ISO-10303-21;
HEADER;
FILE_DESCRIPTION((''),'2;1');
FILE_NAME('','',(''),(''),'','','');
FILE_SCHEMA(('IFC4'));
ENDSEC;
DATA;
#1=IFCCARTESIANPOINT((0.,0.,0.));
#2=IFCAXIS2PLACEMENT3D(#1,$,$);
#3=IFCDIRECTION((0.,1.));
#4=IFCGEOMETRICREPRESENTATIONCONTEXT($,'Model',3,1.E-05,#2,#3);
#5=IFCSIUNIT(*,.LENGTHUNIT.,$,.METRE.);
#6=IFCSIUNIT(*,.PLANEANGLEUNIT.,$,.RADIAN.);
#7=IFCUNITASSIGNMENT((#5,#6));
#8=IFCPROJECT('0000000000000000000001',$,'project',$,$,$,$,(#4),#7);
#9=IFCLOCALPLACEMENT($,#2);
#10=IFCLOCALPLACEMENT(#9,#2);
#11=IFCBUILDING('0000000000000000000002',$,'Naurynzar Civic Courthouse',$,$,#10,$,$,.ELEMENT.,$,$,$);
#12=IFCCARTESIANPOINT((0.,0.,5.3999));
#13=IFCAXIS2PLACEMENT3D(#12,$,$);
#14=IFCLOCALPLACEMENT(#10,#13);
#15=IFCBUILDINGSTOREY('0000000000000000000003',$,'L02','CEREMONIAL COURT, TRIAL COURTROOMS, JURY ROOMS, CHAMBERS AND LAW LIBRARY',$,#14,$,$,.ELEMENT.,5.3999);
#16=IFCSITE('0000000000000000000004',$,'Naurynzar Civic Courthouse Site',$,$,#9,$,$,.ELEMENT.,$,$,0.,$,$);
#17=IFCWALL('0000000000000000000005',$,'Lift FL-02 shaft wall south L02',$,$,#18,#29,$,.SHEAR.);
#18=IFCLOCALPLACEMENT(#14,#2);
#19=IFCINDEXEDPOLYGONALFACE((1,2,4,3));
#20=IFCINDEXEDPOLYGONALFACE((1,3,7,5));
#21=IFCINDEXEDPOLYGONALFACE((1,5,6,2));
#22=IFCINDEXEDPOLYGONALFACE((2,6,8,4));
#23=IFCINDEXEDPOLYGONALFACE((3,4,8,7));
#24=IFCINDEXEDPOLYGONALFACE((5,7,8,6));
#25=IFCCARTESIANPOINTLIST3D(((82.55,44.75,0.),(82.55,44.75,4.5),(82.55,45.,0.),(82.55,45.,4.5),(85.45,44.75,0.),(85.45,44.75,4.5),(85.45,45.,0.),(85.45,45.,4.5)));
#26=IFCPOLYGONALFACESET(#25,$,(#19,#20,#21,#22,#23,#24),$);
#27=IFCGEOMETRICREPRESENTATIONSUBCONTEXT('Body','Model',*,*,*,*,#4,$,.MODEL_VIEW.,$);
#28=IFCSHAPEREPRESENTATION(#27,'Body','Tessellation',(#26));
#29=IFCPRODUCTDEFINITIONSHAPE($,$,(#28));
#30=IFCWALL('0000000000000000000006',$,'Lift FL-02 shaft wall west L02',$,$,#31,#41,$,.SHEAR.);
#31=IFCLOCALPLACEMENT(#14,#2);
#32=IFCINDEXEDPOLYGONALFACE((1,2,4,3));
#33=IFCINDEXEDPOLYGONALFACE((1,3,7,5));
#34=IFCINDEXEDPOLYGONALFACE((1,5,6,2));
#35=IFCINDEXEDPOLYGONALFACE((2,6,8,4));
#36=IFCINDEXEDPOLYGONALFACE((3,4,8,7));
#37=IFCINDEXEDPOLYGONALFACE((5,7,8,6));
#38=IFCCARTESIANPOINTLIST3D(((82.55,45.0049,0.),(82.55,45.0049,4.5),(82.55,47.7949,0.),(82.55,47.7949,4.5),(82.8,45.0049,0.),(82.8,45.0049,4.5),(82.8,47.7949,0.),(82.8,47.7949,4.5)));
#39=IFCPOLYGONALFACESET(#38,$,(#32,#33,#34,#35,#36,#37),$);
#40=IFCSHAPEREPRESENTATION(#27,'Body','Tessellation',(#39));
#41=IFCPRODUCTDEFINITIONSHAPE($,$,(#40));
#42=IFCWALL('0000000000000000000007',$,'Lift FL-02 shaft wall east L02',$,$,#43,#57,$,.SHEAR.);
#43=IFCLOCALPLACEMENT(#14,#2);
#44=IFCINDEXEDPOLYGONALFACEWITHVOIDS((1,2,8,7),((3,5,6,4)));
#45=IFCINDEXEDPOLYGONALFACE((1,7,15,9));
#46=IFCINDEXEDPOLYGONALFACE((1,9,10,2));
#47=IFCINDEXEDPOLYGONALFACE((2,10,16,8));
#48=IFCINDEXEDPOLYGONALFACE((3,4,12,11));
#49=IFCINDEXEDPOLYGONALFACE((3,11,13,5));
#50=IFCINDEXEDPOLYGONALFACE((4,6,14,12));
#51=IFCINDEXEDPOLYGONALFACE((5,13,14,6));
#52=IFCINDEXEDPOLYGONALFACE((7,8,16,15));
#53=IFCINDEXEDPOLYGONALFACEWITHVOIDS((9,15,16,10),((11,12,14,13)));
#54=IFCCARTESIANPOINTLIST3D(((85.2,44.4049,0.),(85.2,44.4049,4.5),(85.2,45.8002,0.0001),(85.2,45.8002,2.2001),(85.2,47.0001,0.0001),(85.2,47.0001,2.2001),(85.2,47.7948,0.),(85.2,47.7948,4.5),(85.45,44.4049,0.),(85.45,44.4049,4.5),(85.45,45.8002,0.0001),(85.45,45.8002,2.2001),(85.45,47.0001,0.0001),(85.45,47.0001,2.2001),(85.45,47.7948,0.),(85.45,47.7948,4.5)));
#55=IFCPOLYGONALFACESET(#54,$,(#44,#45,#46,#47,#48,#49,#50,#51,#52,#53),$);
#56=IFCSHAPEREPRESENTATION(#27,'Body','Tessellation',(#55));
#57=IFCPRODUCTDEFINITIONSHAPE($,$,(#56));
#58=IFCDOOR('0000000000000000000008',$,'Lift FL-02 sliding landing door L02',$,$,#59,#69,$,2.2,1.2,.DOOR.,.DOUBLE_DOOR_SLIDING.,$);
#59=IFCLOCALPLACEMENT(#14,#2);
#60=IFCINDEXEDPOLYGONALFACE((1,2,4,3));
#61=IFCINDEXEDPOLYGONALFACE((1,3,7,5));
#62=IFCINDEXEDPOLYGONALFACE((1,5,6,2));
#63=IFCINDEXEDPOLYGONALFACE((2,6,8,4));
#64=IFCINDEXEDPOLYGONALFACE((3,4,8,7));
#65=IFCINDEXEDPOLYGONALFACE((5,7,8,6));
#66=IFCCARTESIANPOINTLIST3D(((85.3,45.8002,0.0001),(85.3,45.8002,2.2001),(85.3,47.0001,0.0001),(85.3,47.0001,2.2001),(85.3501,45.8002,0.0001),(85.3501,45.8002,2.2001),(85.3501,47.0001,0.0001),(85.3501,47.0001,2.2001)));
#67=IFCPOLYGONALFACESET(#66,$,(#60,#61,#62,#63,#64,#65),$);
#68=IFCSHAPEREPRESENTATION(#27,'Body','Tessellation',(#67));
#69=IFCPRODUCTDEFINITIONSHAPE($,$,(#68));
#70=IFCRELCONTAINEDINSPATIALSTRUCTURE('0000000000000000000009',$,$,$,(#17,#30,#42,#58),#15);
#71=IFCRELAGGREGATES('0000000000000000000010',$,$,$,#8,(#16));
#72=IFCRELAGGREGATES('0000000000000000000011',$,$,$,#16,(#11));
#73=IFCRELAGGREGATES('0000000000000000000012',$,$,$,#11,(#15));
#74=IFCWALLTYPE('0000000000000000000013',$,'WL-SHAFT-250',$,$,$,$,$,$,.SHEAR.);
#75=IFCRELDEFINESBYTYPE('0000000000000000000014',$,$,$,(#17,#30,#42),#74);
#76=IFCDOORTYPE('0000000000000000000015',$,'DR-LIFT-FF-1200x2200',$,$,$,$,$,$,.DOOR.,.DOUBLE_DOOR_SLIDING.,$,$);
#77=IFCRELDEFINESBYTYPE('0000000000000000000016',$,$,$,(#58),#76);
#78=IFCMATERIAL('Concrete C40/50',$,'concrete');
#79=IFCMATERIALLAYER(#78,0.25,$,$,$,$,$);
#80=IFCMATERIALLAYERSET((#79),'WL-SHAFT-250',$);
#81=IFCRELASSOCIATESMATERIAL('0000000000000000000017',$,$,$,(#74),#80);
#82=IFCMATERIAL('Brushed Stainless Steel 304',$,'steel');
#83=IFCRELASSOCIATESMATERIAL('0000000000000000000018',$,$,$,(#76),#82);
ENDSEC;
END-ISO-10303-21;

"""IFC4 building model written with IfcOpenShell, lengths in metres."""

from ifc_helpers import new_model, si_unit, direction, frame, frame_2d, origin, place, context, subcontext, project, spatial, rectangle, extrude, material, layer, layer_set, type_object, element, fill, save


model = new_model("IFC4")

# Units and contexts
model_context = context("Model", 3, precision=1e-05, world=origin(), true_north=direction((0.0, 1.0)))
body_context = subcontext(model_context, "Body", "Model", "MODEL_VIEW")
ifc_project = project(units=[si_unit("LENGTHUNIT", "METRE"), si_unit("PLANEANGLEUNIT", "RADIAN")], contexts=[model_context])

# Site, building, storey
site_placement = place(None, origin())
site = spatial("IfcSite", under=ifc_project, at=site_placement, Name="Naurynzar Civic Courthouse Site", CompositionType="ELEMENT", RefElevation=0.0)
building_placement = place(site_placement, origin())
building = spatial("IfcBuilding", under=site, at=building_placement, Name="Naurynzar Civic Courthouse", CompositionType="ELEMENT")
storey_placement = place(building_placement, frame((0.0, 0.0, 5.3999)))
storey = spatial("IfcBuildingStorey", under=building, at=storey_placement, Name="L02", Description="CEREMONIAL COURT, TRIAL COURTROOMS, JURY ROOMS, CHAMBERS AND LAW LIBRARY", CompositionType="ELEMENT", Elevation=5.3999)

# Shared definitions
ifc_material_1 = material(Name="Concrete C40/50", Category="concrete")
ifc_layer_1 = layer(ifc_material_1, 0.25)
ifc_layer_set_1 = layer_set([ifc_layer_1], Name="WL-SHAFT-250")
wall_type_1 = type_object("IfcWallType", Name="WL-SHAFT-250", PredefinedType="SHEAR", material=ifc_layer_set_1)

# Walls
wall_1_placement = place(storey_placement, frame((82.55, 44.875, 0.0), z_axis=(0.0, 0.0, 1.0), x_axis=(1.0, 0.0, 0.0)))
element("IfcWall", 1, at=wall_1_placement, inside=storey, type_object=wall_type_1, Name="Lift FL-02 shaft wall south L02", PredefinedType="SHEAR", context=body_context, shape_type="SweptSolid", body=[
    extrude(rectangle(XDim=2.8999, YDim=0.25, at=frame_2d((1.45, 0.0))), origin(), (0.0, 0.0, 1.0), 4.5),
])
wall_2_placement = place(storey_placement, frame((82.675, 47.7949, 0.0), z_axis=(0.0, 0.0, 1.0), x_axis=(0.0, -1.0, 0.0)))
element("IfcWall", 2, at=wall_2_placement, inside=storey, type_object=wall_type_1, Name="Lift FL-02 shaft wall west L02", PredefinedType="SHEAR", context=body_context, shape_type="SweptSolid", body=[
    extrude(rectangle(XDim=2.79, YDim=0.25, at=frame_2d((1.395, 0.0))), origin(), (0.0, 0.0, 1.0), 4.5),
])

# Wall, opening, door
wall_3_placement = place(storey_placement, frame((85.325, 44.405, 0.0), z_axis=(0.0, 0.0, 1.0), x_axis=(0.0, 1.0, 0.0)))
wall_3 = element("IfcWall", 3, at=wall_3_placement, inside=storey, type_object=wall_type_1, Name="Lift FL-02 shaft wall east L02", PredefinedType="SHEAR", context=body_context, shape_type="SweptSolid", body=[
    extrude(rectangle(XDim=3.3899, YDim=0.25, at=frame_2d((1.6948, 0.0))), origin(), (0.0, 0.0, 1.0), 4.5),
])
opening_1_placement = place(wall_3_placement, frame((1.395, 0.0, 0.0)))
opening_1 = element("IfcOpeningElement", 4, at=opening_1_placement, cuts=wall_3, PredefinedType="OPENING", context=body_context, shape_type="SweptSolid", body=[
    extrude(rectangle(XDim=1.2, YDim=2.2, at=frame_2d((0.6001, 1.1001))), frame((0.0, 0.135, 0.0), z_axis=(0.0, -1.0, 0.0), x_axis=(1.0, 0.0, 0.0)), (0.0, 0.0, 1.0), 0.27),
])
ifc_material_2 = material(Name="Brushed Stainless Steel 304", Category="steel")
door_type_1 = type_object("IfcDoorType", Name="DR-LIFT-FF-1200x2200", OperationType="DOUBLE_DOOR_SLIDING", PredefinedType="DOOR", material=ifc_material_2)
door_1_placement = place(opening_1_placement, origin())
door_1 = element("IfcDoor", 5, at=door_1_placement, inside=storey, type_object=door_type_1, Name="Lift FL-02 sliding landing door L02", OperationType="DOUBLE_DOOR_SLIDING", OverallHeight=2.2, OverallWidth=1.2, PredefinedType="DOOR", context=body_context, shape_type="SweptSolid", body=[
    extrude(rectangle(XDim=1.2, YDim=2.2, at=frame_2d((0.6001, 1.1001))), frame((0.0, 0.0249, 0.0), z_axis=(0.0, -1.0, 0.0), x_axis=(1.0, 0.0, 0.0)), (0.0, 0.0, 1.0), 0.05),
])
fill(opening_1, door_1)

save(model, "model.ifc")
